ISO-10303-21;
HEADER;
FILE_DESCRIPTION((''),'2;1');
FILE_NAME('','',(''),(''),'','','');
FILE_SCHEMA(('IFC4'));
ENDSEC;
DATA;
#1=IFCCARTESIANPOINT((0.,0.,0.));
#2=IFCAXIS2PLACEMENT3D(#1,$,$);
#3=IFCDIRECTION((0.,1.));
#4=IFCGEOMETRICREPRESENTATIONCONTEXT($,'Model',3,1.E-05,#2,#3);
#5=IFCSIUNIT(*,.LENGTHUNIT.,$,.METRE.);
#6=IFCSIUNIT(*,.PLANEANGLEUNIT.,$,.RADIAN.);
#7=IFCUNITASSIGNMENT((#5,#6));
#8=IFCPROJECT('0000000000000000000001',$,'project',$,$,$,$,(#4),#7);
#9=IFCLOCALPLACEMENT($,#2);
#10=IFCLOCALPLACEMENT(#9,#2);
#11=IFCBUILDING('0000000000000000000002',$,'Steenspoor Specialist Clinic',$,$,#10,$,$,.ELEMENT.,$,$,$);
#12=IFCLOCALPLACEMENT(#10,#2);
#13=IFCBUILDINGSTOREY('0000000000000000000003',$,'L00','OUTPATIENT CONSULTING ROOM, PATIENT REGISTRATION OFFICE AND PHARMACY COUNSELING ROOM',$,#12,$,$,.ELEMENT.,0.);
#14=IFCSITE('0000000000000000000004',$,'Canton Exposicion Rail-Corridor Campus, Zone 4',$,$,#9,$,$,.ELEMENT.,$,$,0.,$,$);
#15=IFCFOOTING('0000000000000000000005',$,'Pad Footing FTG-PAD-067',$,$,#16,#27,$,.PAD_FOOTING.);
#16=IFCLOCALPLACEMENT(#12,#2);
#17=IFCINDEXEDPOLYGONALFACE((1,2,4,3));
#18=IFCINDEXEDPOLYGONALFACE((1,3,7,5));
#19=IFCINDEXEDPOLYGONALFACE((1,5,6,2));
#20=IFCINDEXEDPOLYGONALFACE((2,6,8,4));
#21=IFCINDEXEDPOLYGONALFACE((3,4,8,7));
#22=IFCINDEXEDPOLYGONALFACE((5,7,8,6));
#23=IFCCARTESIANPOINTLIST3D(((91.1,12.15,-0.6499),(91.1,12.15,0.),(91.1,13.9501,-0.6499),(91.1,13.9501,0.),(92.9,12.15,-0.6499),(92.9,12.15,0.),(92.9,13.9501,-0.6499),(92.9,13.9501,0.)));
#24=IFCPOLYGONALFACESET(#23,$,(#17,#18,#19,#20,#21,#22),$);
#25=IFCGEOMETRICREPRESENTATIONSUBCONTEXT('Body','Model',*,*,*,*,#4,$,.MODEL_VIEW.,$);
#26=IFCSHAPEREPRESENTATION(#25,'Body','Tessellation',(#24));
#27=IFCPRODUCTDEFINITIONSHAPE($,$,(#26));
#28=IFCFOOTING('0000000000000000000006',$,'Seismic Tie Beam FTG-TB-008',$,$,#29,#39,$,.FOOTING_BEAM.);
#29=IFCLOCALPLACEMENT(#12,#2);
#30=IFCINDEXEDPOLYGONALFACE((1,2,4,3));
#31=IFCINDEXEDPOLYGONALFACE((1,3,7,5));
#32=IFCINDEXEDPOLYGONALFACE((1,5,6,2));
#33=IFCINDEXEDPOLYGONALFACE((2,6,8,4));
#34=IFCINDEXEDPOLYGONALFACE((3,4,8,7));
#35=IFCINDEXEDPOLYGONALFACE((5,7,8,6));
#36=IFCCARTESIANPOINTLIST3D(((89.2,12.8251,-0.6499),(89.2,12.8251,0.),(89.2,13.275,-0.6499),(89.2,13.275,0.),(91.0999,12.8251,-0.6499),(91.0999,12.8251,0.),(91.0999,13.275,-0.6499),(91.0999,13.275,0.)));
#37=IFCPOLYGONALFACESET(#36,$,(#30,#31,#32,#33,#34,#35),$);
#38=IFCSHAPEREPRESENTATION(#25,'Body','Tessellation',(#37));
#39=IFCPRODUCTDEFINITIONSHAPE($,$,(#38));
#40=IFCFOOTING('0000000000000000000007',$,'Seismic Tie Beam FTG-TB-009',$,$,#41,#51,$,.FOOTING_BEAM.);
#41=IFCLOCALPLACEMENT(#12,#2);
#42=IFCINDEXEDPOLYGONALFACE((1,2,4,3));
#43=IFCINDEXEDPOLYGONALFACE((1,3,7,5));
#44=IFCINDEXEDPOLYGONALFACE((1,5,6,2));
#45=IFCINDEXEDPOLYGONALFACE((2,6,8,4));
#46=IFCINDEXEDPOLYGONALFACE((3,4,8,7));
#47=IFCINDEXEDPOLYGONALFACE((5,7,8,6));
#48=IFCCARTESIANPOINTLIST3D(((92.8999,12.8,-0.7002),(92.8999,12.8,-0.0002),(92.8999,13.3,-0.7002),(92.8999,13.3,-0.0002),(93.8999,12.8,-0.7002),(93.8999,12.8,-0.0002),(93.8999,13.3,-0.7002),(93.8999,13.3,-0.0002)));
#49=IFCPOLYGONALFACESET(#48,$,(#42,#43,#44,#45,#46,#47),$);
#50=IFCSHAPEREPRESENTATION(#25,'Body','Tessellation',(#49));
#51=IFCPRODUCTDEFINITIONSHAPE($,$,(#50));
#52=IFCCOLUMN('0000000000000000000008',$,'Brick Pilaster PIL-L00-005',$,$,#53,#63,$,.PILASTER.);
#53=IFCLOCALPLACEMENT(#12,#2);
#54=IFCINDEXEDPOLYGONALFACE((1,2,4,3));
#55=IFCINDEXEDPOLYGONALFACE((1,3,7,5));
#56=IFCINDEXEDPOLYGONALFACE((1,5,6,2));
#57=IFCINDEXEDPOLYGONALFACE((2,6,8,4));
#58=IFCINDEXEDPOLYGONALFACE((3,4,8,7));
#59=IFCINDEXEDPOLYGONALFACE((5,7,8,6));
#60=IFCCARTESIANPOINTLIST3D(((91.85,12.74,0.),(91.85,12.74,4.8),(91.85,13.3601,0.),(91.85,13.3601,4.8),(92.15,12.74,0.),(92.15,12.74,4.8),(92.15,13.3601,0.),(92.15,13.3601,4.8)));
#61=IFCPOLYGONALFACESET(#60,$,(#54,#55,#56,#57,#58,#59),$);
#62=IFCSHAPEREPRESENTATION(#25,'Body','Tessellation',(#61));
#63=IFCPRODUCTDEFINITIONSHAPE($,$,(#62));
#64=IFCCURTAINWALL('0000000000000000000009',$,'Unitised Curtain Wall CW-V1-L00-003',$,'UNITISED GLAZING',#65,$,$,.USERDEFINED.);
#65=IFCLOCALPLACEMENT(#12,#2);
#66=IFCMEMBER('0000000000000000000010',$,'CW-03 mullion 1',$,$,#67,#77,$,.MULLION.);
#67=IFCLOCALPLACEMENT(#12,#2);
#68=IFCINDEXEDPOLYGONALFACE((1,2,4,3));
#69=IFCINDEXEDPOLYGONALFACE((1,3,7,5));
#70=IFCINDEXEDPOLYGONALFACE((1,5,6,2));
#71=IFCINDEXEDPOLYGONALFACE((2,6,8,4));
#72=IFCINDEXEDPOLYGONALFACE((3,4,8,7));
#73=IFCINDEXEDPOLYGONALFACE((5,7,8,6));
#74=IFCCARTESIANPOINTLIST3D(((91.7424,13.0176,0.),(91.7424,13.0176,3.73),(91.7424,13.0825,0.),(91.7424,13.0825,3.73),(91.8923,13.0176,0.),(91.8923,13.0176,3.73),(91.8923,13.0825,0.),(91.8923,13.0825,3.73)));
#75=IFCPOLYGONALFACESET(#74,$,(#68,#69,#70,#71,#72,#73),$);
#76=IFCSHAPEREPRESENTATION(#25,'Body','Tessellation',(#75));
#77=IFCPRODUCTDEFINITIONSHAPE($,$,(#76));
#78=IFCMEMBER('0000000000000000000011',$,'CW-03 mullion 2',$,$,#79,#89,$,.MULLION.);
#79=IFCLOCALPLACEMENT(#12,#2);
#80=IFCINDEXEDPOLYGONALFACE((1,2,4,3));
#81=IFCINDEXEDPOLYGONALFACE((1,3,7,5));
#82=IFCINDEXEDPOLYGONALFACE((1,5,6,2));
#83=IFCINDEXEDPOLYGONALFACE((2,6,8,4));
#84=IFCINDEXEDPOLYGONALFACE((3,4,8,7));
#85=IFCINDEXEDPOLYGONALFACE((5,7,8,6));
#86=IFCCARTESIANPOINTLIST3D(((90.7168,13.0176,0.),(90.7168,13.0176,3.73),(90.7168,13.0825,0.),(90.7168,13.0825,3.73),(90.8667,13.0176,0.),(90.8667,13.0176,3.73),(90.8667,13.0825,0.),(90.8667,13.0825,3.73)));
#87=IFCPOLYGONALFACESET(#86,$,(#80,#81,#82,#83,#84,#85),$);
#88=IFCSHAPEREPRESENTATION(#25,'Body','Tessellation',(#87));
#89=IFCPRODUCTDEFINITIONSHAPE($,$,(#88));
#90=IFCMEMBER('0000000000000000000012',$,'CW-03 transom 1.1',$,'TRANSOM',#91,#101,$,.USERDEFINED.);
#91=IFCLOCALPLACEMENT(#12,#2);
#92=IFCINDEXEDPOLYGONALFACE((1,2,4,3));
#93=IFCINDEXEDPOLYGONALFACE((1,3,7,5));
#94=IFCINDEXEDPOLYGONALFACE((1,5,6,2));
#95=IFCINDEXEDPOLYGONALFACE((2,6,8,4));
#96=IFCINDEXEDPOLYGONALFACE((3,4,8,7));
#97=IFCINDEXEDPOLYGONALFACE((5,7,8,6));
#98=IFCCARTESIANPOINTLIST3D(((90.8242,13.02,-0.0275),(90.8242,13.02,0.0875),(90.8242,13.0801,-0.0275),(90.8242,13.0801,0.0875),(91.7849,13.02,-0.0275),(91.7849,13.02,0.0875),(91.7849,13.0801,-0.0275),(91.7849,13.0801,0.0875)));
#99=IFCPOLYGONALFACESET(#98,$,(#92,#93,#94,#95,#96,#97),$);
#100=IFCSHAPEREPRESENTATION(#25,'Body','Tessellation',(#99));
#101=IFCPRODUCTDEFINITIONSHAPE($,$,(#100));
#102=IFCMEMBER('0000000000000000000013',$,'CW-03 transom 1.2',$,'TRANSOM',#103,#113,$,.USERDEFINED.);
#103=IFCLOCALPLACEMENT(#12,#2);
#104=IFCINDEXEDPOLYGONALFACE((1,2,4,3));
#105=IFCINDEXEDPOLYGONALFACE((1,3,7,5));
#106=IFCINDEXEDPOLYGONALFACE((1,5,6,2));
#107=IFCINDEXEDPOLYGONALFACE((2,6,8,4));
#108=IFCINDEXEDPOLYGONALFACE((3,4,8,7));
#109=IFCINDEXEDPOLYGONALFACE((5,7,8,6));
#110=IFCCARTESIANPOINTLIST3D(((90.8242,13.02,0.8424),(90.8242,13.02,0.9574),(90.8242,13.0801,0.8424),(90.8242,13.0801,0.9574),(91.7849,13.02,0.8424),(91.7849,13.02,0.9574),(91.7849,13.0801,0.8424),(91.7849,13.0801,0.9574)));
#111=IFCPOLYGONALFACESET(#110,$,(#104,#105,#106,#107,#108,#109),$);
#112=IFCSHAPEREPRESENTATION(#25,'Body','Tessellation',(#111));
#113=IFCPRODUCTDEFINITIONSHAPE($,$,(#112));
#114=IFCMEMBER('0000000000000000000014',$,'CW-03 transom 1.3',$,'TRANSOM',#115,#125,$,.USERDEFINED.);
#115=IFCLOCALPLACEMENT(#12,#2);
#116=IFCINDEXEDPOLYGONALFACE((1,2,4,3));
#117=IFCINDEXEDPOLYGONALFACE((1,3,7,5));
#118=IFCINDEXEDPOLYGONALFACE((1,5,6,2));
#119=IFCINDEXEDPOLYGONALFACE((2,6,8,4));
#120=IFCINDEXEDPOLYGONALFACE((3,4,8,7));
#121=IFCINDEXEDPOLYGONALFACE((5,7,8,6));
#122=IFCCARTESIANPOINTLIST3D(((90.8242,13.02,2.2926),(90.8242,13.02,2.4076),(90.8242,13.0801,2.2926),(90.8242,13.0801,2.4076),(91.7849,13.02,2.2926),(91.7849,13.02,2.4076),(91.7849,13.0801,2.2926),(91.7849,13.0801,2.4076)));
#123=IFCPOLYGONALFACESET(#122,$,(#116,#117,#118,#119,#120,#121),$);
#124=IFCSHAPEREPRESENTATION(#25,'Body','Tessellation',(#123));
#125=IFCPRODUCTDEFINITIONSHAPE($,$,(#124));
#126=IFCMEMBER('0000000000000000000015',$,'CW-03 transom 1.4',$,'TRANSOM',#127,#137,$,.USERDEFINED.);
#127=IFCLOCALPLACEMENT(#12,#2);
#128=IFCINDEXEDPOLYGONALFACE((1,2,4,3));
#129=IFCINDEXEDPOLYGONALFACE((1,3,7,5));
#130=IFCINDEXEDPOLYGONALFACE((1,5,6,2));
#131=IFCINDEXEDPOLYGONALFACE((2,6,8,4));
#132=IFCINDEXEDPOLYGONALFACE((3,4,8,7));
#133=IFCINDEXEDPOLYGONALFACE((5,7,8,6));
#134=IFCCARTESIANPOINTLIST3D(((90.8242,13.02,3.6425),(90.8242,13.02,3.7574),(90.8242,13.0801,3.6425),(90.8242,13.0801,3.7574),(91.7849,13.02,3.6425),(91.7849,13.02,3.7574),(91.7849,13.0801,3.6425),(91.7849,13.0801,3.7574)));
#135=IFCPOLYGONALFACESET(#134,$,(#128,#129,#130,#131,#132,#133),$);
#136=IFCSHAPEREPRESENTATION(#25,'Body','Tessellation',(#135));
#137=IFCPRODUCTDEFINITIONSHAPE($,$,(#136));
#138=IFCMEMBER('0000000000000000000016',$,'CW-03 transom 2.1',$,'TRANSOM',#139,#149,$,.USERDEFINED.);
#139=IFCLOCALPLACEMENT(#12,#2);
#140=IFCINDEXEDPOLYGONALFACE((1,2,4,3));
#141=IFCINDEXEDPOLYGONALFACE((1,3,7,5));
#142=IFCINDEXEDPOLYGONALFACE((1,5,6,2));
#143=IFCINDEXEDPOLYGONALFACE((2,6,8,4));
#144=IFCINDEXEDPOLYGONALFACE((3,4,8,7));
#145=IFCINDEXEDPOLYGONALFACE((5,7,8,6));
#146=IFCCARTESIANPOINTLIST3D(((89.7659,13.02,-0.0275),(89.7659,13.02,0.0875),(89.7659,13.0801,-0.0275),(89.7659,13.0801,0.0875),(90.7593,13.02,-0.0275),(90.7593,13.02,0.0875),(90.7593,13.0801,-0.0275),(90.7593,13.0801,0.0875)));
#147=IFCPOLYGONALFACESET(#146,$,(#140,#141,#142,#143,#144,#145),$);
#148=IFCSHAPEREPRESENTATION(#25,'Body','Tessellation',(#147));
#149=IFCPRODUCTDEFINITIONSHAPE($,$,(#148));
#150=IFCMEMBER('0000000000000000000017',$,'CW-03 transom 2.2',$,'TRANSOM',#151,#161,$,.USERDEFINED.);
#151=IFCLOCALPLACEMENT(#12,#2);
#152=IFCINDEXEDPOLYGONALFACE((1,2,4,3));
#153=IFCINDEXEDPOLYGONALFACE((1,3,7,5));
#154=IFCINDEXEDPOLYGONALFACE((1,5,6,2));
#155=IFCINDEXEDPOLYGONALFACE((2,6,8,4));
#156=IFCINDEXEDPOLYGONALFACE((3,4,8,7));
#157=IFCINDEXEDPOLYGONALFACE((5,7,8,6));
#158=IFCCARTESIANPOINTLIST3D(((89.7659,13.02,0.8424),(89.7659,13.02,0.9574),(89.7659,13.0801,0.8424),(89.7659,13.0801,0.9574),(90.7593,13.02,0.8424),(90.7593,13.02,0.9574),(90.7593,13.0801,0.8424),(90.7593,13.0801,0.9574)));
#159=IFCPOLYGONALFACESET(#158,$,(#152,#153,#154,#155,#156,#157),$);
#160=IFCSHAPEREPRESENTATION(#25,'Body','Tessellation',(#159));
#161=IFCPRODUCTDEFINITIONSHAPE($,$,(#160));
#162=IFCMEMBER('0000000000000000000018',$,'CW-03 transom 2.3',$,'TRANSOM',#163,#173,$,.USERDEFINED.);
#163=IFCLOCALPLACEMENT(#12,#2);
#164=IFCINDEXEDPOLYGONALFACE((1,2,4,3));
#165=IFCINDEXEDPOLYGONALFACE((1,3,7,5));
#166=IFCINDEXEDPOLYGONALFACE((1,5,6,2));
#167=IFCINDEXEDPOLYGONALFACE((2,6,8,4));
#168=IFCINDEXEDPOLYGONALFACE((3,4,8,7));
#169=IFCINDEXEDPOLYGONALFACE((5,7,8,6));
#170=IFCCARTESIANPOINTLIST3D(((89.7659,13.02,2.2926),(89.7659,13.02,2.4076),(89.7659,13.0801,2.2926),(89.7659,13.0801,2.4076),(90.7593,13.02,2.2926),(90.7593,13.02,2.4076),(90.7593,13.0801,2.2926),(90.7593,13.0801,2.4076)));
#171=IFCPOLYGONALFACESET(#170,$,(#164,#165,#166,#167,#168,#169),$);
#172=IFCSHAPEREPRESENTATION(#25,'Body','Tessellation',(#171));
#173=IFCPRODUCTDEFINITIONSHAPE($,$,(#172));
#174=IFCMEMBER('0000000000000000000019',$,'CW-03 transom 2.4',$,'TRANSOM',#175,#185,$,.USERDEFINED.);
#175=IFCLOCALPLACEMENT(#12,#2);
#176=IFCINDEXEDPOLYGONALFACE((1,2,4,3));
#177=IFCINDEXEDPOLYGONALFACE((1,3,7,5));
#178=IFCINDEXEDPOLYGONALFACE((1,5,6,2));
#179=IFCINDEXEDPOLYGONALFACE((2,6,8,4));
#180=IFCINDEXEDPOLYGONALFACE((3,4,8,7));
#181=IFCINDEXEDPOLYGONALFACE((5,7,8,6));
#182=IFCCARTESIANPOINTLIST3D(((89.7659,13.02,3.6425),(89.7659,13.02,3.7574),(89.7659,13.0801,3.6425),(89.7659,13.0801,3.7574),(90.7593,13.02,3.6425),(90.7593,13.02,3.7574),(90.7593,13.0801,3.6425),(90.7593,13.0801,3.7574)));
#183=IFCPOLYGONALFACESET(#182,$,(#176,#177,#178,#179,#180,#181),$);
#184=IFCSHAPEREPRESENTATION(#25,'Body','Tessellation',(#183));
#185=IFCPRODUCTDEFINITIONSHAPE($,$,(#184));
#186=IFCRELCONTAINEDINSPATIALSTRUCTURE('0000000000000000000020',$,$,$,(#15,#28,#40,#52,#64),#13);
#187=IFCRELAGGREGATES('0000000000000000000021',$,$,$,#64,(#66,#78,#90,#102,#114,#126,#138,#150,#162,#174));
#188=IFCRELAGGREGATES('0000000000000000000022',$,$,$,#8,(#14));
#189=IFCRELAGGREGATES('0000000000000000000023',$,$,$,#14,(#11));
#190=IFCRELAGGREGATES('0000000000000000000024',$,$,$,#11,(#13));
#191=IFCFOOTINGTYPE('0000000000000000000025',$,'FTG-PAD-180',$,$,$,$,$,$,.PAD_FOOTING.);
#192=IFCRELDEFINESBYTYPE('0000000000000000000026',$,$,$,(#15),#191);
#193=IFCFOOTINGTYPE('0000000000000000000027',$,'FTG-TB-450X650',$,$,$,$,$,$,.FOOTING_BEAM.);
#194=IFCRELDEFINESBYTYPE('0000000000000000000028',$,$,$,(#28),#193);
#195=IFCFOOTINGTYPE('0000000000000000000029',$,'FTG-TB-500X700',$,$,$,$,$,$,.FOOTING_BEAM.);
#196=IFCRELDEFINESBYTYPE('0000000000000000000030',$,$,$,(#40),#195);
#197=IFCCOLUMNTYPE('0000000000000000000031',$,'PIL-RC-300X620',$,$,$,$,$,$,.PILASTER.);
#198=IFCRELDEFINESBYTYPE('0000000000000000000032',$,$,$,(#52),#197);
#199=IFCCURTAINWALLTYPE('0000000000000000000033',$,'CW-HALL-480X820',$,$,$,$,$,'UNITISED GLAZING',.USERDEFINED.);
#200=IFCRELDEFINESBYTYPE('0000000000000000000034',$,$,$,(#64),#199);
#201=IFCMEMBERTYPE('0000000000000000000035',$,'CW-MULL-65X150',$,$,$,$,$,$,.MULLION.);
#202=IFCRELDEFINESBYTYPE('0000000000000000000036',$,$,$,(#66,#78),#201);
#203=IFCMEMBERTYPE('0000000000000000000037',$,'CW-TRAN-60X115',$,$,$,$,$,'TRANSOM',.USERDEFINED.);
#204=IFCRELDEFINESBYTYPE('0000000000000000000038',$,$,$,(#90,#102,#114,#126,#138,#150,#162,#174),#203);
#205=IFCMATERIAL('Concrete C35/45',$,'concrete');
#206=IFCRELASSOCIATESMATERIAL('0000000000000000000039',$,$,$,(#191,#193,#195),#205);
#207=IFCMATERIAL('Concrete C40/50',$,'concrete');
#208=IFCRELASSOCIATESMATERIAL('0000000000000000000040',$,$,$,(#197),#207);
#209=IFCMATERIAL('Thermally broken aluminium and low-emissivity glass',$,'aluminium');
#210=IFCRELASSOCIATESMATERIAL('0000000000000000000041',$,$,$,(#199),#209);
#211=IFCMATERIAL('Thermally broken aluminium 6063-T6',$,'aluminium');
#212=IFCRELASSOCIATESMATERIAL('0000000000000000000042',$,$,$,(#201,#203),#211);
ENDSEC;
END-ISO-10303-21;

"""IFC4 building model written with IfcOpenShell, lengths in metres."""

from ifc_helpers import new_model, si_unit, direction, frame, origin, origin_2d, place, context, subcontext, project, spatial, rectangle, extrude, material, material_profile, profile_set, type_object, element, aggregate, save


model = new_model("IFC4")

# Units and contexts
model_context = context("Model", 3, precision=1e-05, world=origin(), true_north=direction((0.0, 1.0)))
body_context = subcontext(model_context, "Body", "Model", "MODEL_VIEW")
ifc_project = project(units=[si_unit("LENGTHUNIT", "METRE"), si_unit("PLANEANGLEUNIT", "RADIAN")], contexts=[model_context])

# Site, building, storey
site_placement = place(None, origin())
site = spatial("IfcSite", under=ifc_project, at=site_placement, Name="Canton Exposicion Rail-Corridor Campus, Zone 4", CompositionType="ELEMENT", RefElevation=0.0)
building_placement = place(site_placement, origin())
building = spatial("IfcBuilding", under=site, at=building_placement, Name="Steenspoor Specialist Clinic", CompositionType="ELEMENT")
storey_placement = place(building_placement, origin())
storey = spatial("IfcBuildingStorey", under=building, at=storey_placement, Name="L00", Description="OUTPATIENT CONSULTING ROOM, PATIENT REGISTRATION OFFICE AND PHARMACY COUNSELING ROOM", CompositionType="ELEMENT", Elevation=0.0)

# Footings
ifc_material_1 = material(Name="Concrete C35/45", Category="concrete")
footing_type_1 = type_object("IfcFootingType", Name="FTG-PAD-180", PredefinedType="PAD_FOOTING", material=ifc_material_1)
footing_1_placement = place(storey_placement, frame((92.0, 13.05, -0.6499), z_axis=(0.0, 0.0, 1.0), x_axis=(1.0, 0.0, 0.0)))
element("IfcFooting", 1, at=footing_1_placement, inside=storey, type_object=footing_type_1, Name="Pad Footing FTG-PAD-067", PredefinedType="PAD_FOOTING", context=body_context, shape_type="SweptSolid", body=[
    extrude(rectangle(XDim=1.8, YDim=1.8, at=origin_2d()), origin(), (0.0, 0.0, 1.0), 0.6499),
])
footing_type_2 = type_object("IfcFootingType", Name="FTG-TB-450X650", PredefinedType="FOOTING_BEAM", material=ifc_material_1)
footing_2_placement = place(storey_placement, frame((90.1499, 13.05, -0.6499), z_axis=(0.0, 0.0, 1.0), x_axis=(1.0, 0.0, 0.0)))
element("IfcFooting", 2, at=footing_2_placement, inside=storey, type_object=footing_type_2, Name="Seismic Tie Beam FTG-TB-008", PredefinedType="FOOTING_BEAM", context=body_context, shape_type="SweptSolid", body=[
    extrude(rectangle(XDim=1.8999, YDim=0.45, at=origin_2d()), origin(), (0.0, 0.0, 1.0), 0.6499),
])
footing_type_3 = type_object("IfcFootingType", Name="FTG-TB-500X700", PredefinedType="FOOTING_BEAM", material=ifc_material_1)
footing_3_placement = place(storey_placement, frame((93.3999, 13.05, -0.7002), z_axis=(0.0, 0.0, 1.0), x_axis=(1.0, 0.0, 0.0)))
element("IfcFooting", 3, at=footing_3_placement, inside=storey, type_object=footing_type_3, Name="Seismic Tie Beam FTG-TB-009", PredefinedType="FOOTING_BEAM", context=body_context, shape_type="SweptSolid", body=[
    extrude(rectangle(XDim=1.0, YDim=0.5, at=origin_2d()), origin(), (0.0, 0.0, 1.0), 0.7),
])

# Column
ifc_material_2 = material(Name="Concrete C40/50", Category="concrete")
ifc_material_profile_1 = material_profile(ifc_material_2, rectangle(XDim=0.3, YDim=0.6201, at=origin_2d()), Name="RC-PIL-300X620")
ifc_profile_set_1 = profile_set([ifc_material_profile_1], Name="Concrete C40/50")
column_type = type_object("IfcColumnType", Name="PIL-RC-300X620", PredefinedType="PILASTER", material=ifc_profile_set_1)
column_placement = place(storey_placement, frame((92.0, 13.05, 0.0), z_axis=(0.0, 0.0, 1.0), x_axis=(1.0, 0.0, 0.0)))
element("IfcColumn", 4, at=column_placement, inside=storey, type_object=column_type, Name="Brick Pilaster PIL-L00-005", PredefinedType="PILASTER", context=body_context, shape_type="SweptSolid", body=[
    extrude(rectangle(XDim=0.3, YDim=0.6201, at=origin_2d()), origin(), (0.0, 0.0, 1.0), 4.8),
])

# Curtain wall, members
ifc_material_3 = material(Name="Thermally broken aluminium and low-emissivity glass", Category="aluminium")
curtain_wall_type = type_object("IfcCurtainWallType", Name="CW-HALL-480X820", ElementType="UNITISED GLAZING", PredefinedType="USERDEFINED", material=ifc_material_3)
curtain_wall_placement = place(storey_placement, origin())
curtain_wall = element("IfcCurtainWall", 5, at=curtain_wall_placement, inside=storey, type_object=curtain_wall_type, Name="Unitised Curtain Wall CW-V1-L00-003", ObjectType="UNITISED GLAZING", PredefinedType="USERDEFINED")
ifc_material_4 = material(Name="Thermally broken aluminium 6063-T6", Category="aluminium")
ifc_material_profile_2 = material_profile(ifc_material_4, rectangle(XDim=0.0649, YDim=0.1499, at=origin_2d()), Name="CWM-65X150")
ifc_profile_set_2 = profile_set([ifc_material_profile_2], Name="Thermally broken aluminium 6063-T6")
member_type_1 = type_object("IfcMemberType", Name="CW-MULL-65X150", PredefinedType="MULLION", material=ifc_profile_set_2)
member_1_placement = place(storey_placement, frame((91.8174, 13.05, 0.0), z_axis=(0.0, 0.0, 1.0), x_axis=(0.0, -1.0, 0.0)))
member_1 = element("IfcMember", 6, at=member_1_placement, type_object=member_type_1, Name="CW-03 mullion 1", PredefinedType="MULLION", context=body_context, shape_type="SweptSolid", body=[
    extrude(rectangle(XDim=0.0649, YDim=0.1499, at=origin_2d()), origin(), (0.0, 0.0, 1.0), 3.73),
])
member_2_placement = place(storey_placement, frame((90.7917, 13.05, 0.0), z_axis=(0.0, 0.0, 1.0), x_axis=(0.0, -1.0, 0.0)))
member_2 = element("IfcMember", 7, at=member_2_placement, type_object=member_type_1, Name="CW-03 mullion 2", PredefinedType="MULLION", context=body_context, shape_type="SweptSolid", body=[
    extrude(rectangle(XDim=0.0649, YDim=0.1499, at=origin_2d()), origin(), (0.0, 0.0, 1.0), 3.73),
])
ifc_material_profile_3 = material_profile(ifc_material_4, rectangle(XDim=0.0601, YDim=0.115, at=origin_2d()), Name="CWT-60X115")
ifc_profile_set_3 = profile_set([ifc_material_profile_3], Name="Thermally broken aluminium 6063-T6")
member_type_2 = type_object("IfcMemberType", Name="CW-TRAN-60X115", ElementType="TRANSOM", PredefinedType="USERDEFINED", material=ifc_profile_set_3)
member_3_placement = place(storey_placement, frame((91.7849, 13.05, 0.03), z_axis=(-1.0, 0.0, 0.0), x_axis=(0.0, -1.0, 0.0)))
member_3 = element("IfcMember", 8, at=member_3_placement, type_object=member_type_2, Name="CW-03 transom 1.1", ObjectType="TRANSOM", PredefinedType="USERDEFINED", context=body_context, shape_type="SweptSolid", body=[
    extrude(rectangle(XDim=0.0601, YDim=0.115, at=origin_2d()), origin(), (0.0, 0.0, 1.0), 0.9607),
])
member_4_placement = place(storey_placement, frame((91.7849, 13.05, 0.8999), z_axis=(-1.0, 0.0, 0.0), x_axis=(0.0, -1.0, 0.0)))
member_4 = element("IfcMember", 9, at=member_4_placement, type_object=member_type_2, Name="CW-03 transom 1.2", ObjectType="TRANSOM", PredefinedType="USERDEFINED", context=body_context, shape_type="SweptSolid", body=[
    extrude(rectangle(XDim=0.0601, YDim=0.115, at=origin_2d()), origin(), (0.0, 0.0, 1.0), 0.9607),
])
member_5_placement = place(storey_placement, frame((91.7849, 13.05, 2.3501), z_axis=(-1.0, 0.0, 0.0), x_axis=(0.0, -1.0, 0.0)))
member_5 = element("IfcMember", 10, at=member_5_placement, type_object=member_type_2, Name="CW-03 transom 1.3", ObjectType="TRANSOM", PredefinedType="USERDEFINED", context=body_context, shape_type="SweptSolid", body=[
    extrude(rectangle(XDim=0.0601, YDim=0.115, at=origin_2d()), origin(), (0.0, 0.0, 1.0), 0.9607),
])
member_6_placement = place(storey_placement, frame((91.7849, 13.05, 3.7), z_axis=(-1.0, 0.0, 0.0), x_axis=(0.0, -1.0, 0.0)))
member_6 = element("IfcMember", 11, at=member_6_placement, type_object=member_type_2, Name="CW-03 transom 1.4", ObjectType="TRANSOM", PredefinedType="USERDEFINED", context=body_context, shape_type="SweptSolid", body=[
    extrude(rectangle(XDim=0.0601, YDim=0.115, at=origin_2d()), origin(), (0.0, 0.0, 1.0), 0.9607),
])
member_7_placement = place(storey_placement, frame((90.7593, 13.05, 0.03), z_axis=(-1.0, 0.0, 0.0), x_axis=(0.0, -1.0, 0.0)))
member_7 = element("IfcMember", 12, at=member_7_placement, type_object=member_type_2, Name="CW-03 transom 2.1", ObjectType="TRANSOM", PredefinedType="USERDEFINED", context=body_context, shape_type="SweptSolid", body=[
    extrude(rectangle(XDim=0.0601, YDim=0.115, at=origin_2d()), origin(), (0.0, 0.0, 1.0), 0.9934),
])
member_8_placement = place(storey_placement, frame((90.7593, 13.05, 0.8999), z_axis=(-1.0, 0.0, 0.0), x_axis=(0.0, -1.0, 0.0)))
member_8 = element("IfcMember", 13, at=member_8_placement, type_object=member_type_2, Name="CW-03 transom 2.2", ObjectType="TRANSOM", PredefinedType="USERDEFINED", context=body_context, shape_type="SweptSolid", body=[
    extrude(rectangle(XDim=0.0601, YDim=0.115, at=origin_2d()), origin(), (0.0, 0.0, 1.0), 0.9934),
])
member_9_placement = place(storey_placement, frame((90.7593, 13.05, 2.3501), z_axis=(-1.0, 0.0, 0.0), x_axis=(0.0, -1.0, 0.0)))
member_9 = element("IfcMember", 14, at=member_9_placement, type_object=member_type_2, Name="CW-03 transom 2.3", ObjectType="TRANSOM", PredefinedType="USERDEFINED", context=body_context, shape_type="SweptSolid", body=[
    extrude(rectangle(XDim=0.0601, YDim=0.115, at=origin_2d()), origin(), (0.0, 0.0, 1.0), 0.9934),
])
member_10_placement = place(storey_placement, frame((90.7593, 13.05, 3.7), z_axis=(-1.0, 0.0, 0.0), x_axis=(0.0, -1.0, 0.0)))
member_10 = element("IfcMember", 15, at=member_10_placement, type_object=member_type_2, Name="CW-03 transom 2.4", ObjectType="TRANSOM", PredefinedType="USERDEFINED", context=body_context, shape_type="SweptSolid", body=[
    extrude(rectangle(XDim=0.0601, YDim=0.115, at=origin_2d()), origin(), (0.0, 0.0, 1.0), 0.9934),
])
aggregate(curtain_wall, [member_1, member_2, member_3, member_4, member_5, member_6, member_7, member_8, member_9, member_10])

save(model, "model.ifc")
